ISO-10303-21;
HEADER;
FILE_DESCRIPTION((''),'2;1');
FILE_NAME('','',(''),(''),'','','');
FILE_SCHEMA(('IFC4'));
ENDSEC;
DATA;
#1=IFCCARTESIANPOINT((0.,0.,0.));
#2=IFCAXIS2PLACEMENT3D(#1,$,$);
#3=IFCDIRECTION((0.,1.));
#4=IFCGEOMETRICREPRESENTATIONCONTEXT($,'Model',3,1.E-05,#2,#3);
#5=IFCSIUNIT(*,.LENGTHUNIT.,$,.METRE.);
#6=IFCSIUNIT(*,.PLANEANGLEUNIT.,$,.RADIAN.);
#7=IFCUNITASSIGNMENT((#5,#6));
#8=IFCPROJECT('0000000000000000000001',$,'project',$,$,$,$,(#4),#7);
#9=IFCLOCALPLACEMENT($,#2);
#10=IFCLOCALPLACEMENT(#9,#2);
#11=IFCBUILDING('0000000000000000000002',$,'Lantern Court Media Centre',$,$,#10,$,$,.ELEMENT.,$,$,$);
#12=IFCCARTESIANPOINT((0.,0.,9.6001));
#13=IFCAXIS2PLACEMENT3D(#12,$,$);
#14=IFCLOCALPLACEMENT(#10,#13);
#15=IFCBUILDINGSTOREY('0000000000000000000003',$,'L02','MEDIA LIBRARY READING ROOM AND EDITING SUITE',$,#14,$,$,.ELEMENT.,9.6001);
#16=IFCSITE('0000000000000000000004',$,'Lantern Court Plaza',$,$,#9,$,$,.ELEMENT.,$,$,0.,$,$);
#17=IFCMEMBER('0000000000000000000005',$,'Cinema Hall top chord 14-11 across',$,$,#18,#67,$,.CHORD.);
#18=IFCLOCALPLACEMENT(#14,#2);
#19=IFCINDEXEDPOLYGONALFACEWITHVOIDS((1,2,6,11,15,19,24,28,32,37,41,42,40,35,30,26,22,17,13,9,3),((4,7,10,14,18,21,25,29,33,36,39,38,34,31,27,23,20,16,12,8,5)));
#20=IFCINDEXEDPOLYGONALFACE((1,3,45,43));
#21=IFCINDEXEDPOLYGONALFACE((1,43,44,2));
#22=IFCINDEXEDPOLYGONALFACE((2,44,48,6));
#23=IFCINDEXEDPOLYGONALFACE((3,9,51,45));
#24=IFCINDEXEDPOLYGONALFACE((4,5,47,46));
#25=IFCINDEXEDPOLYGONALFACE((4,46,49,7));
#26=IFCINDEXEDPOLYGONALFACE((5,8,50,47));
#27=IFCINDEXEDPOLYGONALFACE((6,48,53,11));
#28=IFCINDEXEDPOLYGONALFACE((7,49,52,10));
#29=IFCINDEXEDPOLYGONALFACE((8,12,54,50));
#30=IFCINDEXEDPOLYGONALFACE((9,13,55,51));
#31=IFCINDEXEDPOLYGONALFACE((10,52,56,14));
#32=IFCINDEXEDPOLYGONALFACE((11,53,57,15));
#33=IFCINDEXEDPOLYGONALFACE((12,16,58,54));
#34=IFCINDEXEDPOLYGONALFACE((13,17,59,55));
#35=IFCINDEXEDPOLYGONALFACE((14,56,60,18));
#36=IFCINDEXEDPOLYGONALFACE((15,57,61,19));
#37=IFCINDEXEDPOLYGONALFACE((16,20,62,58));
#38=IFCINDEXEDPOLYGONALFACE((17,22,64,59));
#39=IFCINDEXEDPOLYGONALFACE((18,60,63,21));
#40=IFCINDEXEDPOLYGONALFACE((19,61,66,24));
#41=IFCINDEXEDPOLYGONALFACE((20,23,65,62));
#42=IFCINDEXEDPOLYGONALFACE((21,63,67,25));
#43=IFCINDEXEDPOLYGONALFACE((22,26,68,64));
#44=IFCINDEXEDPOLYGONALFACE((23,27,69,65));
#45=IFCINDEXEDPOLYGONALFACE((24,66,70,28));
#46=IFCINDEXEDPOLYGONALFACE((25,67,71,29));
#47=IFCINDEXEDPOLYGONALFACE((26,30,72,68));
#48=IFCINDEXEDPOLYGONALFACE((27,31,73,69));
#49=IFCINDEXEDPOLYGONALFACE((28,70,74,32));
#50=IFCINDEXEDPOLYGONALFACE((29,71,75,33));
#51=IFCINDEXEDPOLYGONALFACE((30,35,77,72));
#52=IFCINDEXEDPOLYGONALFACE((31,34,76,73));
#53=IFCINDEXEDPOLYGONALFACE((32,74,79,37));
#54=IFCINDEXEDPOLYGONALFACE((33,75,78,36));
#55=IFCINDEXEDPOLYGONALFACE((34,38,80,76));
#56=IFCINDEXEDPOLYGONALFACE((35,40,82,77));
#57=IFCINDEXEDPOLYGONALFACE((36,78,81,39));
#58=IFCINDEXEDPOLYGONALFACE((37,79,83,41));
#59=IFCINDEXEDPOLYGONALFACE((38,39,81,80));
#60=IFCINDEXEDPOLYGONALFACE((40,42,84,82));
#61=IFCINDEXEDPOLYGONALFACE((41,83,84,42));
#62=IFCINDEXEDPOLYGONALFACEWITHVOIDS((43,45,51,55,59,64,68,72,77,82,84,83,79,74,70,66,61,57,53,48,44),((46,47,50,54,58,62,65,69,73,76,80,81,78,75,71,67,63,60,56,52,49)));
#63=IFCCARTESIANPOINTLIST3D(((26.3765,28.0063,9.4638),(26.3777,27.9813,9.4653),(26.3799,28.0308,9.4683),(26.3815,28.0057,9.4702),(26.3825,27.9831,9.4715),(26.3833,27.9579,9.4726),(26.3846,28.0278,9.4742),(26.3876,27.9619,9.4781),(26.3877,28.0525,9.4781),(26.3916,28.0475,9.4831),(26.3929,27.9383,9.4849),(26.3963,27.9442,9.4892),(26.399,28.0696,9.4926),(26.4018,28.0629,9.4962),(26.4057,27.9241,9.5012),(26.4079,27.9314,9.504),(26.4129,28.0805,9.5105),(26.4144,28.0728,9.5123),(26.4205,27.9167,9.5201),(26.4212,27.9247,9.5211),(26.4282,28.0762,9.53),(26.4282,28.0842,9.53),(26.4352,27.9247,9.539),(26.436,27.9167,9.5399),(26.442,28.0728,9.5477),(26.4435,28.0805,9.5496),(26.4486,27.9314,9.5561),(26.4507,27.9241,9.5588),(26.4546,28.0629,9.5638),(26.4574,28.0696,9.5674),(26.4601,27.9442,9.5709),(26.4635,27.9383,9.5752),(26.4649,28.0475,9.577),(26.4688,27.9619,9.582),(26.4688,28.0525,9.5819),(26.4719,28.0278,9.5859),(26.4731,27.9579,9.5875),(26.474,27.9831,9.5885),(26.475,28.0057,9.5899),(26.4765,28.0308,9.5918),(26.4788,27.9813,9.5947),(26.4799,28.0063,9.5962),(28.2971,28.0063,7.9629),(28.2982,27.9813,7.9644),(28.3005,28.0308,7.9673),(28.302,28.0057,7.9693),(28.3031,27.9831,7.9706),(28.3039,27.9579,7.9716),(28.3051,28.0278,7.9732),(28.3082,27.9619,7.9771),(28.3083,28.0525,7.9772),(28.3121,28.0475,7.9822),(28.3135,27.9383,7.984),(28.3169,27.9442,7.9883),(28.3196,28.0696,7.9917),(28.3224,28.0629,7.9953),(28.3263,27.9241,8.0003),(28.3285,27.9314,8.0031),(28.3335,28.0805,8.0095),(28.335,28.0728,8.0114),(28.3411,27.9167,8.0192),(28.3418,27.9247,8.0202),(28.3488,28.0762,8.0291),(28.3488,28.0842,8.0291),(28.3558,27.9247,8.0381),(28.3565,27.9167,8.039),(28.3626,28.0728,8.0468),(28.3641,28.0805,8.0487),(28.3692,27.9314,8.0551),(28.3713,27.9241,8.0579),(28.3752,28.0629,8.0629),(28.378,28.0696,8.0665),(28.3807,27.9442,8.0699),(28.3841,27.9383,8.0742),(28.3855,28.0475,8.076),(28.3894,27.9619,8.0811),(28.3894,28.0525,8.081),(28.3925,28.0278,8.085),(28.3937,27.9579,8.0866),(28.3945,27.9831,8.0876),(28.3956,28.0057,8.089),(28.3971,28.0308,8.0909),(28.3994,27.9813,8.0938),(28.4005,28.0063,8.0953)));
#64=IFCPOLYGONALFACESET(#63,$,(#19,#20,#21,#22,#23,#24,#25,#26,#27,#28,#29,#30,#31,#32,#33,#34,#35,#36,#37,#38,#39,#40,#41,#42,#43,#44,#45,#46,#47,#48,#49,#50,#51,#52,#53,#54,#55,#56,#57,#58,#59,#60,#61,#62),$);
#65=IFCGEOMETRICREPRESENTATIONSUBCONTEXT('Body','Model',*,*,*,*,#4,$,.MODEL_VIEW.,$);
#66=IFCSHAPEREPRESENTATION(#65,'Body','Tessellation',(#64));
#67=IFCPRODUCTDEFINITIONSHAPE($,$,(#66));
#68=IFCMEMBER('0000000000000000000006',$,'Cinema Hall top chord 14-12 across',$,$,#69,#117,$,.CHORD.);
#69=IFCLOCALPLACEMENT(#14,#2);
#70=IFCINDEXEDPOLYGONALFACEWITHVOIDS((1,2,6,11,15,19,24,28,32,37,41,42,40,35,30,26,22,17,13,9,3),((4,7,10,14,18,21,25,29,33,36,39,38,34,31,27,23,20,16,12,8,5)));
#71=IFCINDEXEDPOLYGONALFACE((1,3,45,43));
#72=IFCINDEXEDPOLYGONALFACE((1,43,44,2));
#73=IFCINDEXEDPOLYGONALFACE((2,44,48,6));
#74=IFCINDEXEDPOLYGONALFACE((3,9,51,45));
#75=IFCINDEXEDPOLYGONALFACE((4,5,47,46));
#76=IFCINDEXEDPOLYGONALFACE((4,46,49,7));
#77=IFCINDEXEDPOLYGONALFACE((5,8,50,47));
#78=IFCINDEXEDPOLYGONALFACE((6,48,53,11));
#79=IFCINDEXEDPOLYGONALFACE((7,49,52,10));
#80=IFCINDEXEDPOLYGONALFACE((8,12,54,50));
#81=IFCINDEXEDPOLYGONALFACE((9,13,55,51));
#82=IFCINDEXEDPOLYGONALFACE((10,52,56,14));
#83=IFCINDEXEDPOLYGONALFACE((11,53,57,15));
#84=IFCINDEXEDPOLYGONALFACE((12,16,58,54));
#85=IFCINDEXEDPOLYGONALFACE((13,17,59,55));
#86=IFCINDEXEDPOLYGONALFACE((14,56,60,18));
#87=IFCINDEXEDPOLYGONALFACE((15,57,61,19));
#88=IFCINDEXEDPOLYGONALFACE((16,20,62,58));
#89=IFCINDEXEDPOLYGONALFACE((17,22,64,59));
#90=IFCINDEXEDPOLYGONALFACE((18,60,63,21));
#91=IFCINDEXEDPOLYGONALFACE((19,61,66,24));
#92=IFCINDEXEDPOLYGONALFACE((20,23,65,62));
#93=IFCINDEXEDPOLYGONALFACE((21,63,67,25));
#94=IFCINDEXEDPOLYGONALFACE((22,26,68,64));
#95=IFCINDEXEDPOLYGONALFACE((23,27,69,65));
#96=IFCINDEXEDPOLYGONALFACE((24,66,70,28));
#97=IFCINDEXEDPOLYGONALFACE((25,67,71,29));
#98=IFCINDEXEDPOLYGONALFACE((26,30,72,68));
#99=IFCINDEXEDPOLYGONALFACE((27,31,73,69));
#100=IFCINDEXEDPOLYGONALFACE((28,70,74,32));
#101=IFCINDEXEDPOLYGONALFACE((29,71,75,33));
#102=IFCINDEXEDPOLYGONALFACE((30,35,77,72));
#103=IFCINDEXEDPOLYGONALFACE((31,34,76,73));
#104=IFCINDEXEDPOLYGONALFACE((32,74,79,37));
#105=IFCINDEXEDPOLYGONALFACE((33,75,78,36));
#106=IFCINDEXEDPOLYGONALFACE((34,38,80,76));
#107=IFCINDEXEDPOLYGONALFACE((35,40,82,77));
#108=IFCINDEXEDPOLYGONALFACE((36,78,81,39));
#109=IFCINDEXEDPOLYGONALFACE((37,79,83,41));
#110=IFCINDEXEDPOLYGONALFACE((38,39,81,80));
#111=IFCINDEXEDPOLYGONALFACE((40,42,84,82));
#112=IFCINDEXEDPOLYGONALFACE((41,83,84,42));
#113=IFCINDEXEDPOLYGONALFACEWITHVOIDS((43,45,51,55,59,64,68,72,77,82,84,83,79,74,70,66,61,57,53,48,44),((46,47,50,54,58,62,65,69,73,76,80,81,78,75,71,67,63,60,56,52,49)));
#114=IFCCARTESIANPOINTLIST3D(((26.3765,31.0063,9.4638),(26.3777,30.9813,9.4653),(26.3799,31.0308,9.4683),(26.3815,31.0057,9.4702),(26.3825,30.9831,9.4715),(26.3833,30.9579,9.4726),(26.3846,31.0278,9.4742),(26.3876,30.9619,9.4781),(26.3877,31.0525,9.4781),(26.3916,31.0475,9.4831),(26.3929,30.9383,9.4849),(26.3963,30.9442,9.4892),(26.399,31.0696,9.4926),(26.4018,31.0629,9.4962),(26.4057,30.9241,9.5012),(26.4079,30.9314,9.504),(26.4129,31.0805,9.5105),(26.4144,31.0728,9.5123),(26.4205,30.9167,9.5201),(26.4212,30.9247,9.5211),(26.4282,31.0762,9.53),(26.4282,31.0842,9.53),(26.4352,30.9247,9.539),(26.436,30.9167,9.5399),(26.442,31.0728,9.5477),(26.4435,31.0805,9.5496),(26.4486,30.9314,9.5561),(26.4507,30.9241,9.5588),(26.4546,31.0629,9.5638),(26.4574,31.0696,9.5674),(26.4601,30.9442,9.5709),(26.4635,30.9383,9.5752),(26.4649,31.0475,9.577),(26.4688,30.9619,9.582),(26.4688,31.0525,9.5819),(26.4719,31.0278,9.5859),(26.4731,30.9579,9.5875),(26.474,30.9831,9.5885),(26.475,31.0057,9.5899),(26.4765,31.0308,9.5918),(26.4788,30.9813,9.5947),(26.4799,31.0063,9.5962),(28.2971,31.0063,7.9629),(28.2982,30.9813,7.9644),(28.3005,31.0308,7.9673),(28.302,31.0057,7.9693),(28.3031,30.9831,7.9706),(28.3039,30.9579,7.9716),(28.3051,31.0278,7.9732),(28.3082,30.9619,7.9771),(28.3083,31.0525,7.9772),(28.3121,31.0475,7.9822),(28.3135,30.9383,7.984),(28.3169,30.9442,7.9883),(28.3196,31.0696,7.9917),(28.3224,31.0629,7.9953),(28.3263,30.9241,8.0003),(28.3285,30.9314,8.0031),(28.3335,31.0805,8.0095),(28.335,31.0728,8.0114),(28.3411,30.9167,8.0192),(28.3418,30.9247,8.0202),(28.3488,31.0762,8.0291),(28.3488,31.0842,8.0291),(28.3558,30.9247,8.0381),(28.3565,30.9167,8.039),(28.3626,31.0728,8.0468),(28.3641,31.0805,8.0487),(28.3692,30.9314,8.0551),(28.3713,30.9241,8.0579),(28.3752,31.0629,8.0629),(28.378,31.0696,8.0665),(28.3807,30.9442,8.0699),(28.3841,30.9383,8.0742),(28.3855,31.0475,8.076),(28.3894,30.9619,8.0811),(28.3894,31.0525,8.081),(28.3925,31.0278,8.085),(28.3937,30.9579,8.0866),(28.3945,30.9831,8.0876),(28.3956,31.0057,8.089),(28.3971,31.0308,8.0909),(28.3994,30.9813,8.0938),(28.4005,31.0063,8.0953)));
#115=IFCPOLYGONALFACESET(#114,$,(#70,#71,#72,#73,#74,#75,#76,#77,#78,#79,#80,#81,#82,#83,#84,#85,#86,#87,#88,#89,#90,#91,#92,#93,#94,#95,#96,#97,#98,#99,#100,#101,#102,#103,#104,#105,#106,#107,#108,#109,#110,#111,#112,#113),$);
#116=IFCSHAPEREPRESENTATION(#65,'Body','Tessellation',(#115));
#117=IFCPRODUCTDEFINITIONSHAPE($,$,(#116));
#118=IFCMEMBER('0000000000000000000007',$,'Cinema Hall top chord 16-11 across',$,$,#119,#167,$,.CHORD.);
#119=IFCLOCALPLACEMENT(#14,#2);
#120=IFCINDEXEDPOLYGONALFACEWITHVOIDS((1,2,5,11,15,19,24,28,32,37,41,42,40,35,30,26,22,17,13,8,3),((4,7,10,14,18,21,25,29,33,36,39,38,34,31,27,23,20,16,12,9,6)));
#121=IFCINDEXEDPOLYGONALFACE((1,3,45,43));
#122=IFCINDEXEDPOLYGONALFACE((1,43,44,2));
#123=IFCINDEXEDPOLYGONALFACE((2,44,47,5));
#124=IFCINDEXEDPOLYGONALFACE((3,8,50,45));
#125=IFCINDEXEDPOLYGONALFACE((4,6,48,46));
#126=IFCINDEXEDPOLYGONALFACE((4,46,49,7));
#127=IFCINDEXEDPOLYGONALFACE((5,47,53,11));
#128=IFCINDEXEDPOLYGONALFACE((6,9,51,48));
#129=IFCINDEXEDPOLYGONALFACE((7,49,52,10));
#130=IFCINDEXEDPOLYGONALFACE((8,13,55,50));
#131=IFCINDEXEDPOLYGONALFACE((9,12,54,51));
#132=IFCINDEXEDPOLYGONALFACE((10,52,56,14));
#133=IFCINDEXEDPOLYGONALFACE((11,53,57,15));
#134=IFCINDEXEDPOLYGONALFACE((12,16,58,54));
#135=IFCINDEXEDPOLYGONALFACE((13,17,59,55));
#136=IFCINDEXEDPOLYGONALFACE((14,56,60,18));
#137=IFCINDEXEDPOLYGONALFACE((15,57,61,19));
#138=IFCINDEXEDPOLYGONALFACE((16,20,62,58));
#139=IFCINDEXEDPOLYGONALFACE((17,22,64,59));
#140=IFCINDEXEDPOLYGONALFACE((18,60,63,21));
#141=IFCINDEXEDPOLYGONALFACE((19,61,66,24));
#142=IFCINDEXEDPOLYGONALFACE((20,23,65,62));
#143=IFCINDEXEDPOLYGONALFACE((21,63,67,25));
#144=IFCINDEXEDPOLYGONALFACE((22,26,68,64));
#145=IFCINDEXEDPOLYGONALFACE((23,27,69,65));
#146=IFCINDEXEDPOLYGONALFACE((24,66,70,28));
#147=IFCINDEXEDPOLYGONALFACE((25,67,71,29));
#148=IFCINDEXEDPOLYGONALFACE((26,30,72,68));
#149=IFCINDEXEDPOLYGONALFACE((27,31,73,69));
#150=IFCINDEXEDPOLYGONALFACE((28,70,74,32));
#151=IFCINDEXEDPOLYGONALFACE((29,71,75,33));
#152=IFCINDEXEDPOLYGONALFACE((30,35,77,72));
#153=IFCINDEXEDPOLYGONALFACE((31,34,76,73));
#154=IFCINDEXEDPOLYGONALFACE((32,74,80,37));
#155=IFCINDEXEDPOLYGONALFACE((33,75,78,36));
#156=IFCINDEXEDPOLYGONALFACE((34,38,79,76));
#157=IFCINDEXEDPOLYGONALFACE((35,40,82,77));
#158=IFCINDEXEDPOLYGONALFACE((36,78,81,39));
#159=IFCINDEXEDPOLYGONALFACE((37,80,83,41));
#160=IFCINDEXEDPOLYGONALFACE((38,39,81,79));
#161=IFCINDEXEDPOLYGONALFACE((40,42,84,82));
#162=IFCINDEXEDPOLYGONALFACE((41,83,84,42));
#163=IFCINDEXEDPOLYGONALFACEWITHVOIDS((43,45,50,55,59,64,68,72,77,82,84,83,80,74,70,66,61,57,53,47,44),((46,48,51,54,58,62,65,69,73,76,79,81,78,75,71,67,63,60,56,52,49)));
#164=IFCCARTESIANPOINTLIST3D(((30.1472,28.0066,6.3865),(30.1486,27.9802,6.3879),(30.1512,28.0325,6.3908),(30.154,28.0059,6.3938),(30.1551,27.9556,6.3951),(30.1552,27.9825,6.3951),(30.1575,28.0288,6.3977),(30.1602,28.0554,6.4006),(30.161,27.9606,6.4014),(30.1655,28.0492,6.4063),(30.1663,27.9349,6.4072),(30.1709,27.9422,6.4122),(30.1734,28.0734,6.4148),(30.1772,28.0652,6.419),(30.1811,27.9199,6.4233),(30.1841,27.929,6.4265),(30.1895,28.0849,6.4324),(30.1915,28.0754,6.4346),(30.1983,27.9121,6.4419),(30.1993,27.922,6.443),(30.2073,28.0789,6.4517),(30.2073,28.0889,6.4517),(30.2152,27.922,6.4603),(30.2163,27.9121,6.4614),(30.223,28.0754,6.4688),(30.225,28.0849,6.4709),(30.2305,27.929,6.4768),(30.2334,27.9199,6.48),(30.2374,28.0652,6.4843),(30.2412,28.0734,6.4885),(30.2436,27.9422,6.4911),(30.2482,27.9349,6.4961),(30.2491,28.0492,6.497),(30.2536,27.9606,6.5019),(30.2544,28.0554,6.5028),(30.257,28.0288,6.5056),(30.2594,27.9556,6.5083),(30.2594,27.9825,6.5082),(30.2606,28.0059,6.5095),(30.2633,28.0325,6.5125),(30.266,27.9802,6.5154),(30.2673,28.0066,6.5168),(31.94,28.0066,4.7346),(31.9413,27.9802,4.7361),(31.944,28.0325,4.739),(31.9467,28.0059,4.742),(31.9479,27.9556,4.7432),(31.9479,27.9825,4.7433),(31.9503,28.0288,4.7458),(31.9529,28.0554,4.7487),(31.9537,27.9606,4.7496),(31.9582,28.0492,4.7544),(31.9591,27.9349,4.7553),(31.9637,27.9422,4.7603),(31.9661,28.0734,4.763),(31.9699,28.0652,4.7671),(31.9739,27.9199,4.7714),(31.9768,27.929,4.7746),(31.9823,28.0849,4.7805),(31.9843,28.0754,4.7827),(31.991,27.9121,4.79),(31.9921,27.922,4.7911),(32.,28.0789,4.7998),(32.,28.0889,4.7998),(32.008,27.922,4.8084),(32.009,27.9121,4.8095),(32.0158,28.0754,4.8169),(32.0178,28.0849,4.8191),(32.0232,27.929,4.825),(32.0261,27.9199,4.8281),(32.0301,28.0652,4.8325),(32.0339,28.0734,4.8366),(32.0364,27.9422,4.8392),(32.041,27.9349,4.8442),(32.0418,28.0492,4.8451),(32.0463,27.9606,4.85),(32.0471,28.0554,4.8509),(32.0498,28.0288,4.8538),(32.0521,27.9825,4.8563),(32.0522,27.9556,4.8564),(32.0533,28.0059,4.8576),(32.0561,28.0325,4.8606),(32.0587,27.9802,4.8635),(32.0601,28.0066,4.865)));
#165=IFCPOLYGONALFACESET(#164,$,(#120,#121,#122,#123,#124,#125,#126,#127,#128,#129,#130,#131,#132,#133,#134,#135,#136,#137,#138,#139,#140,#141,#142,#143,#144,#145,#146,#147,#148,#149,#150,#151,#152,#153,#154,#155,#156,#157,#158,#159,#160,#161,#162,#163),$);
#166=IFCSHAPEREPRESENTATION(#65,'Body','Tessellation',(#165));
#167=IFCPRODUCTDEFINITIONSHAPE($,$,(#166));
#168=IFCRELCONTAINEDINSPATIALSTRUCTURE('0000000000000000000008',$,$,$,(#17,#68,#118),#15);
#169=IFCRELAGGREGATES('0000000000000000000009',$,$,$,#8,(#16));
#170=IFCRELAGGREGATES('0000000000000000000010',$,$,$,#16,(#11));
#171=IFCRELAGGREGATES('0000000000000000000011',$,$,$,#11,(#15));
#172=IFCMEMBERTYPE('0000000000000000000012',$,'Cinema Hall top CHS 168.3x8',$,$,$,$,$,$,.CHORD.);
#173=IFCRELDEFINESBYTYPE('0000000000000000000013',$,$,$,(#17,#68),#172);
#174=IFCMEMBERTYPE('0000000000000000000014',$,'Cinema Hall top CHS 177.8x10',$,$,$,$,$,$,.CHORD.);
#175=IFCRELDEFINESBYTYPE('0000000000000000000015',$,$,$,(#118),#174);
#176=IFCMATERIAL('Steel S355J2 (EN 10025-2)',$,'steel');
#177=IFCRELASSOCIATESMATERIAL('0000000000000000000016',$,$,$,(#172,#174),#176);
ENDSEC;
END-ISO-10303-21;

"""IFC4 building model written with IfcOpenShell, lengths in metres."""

from ifc_helpers import new_model, si_unit, direction, frame, origin, origin_2d, place, context, subcontext, project, spatial, hollow_circle, extrude, material, material_profile, profile_set, type_object, element, save


model = new_model("IFC4")

# Units and contexts
model_context = context("Model", 3, precision=1e-05, world=origin(), true_north=direction((0.0, 1.0)))
body_context = subcontext(model_context, "Body", "Model", "MODEL_VIEW")
ifc_project = project(units=[si_unit("LENGTHUNIT", "METRE"), si_unit("PLANEANGLEUNIT", "RADIAN")], contexts=[model_context])

# Site, building, storey
site_placement = place(None, origin())
site = spatial("IfcSite", under=ifc_project, at=site_placement, Name="Lantern Court Plaza", CompositionType="ELEMENT", RefElevation=0.0)
building_placement = place(site_placement, origin())
building = spatial("IfcBuilding", under=site, at=building_placement, Name="Lantern Court Media Centre", CompositionType="ELEMENT")
storey_placement = place(building_placement, frame((0.0, 0.0, 9.6001)))
storey = spatial("IfcBuildingStorey", under=building, at=storey_placement, Name="L02", Description="MEDIA LIBRARY READING ROOM AND EDITING SUITE", CompositionType="ELEMENT", Elevation=9.6001)

# Members
ifc_material = material(Name="Steel S355J2 (EN 10025-2)", Category="steel")
ifc_material_profile_1 = material_profile(ifc_material, hollow_circle(Radius=0.0842, WallThickness=0.0081, at=origin_2d()), Name="Cinema Hall top CHS 168.3x8")
ifc_profile_set_1 = profile_set([ifc_material_profile_1], Name="Steel S355J2 (EN 10025-2)")
member_type_1 = type_object("IfcMemberType", Name="Cinema Hall top CHS 168.3x8", PredefinedType="CHORD", material=ifc_profile_set_1)
for number, where, z_axis, x_axis, name in (
    (1, (26.4282, 28.0, 9.53), (0.787932, 0.0, -0.615763), (0.0, 1.0, 0.0), "Cinema Hall top chord 14-11 across"),
    (2, (26.4282, 31.0, 9.53), (0.787932, 0.0, -0.615763), (0.0, 1.0, 0.0), "Cinema Hall top chord 14-12 across"),
):
    element("IfcMember", number, at=place(storey_placement, frame(where, z_axis=z_axis, x_axis=x_axis)), inside=storey, type_object=member_type_1, Name=name, PredefinedType="CHORD", context=body_context, shape_type="SweptSolid", body=[
        extrude(hollow_circle(Radius=0.0842, WallThickness=0.0081, at=origin_2d()), origin(), (0.0, 0.0, 1.0), 2.4375),
    ])
ifc_material_profile_2 = material_profile(ifc_material, hollow_circle(Radius=0.0889, WallThickness=0.01, at=origin_2d()), Name="Cinema Hall top CHS 177.8x10")
ifc_profile_set_2 = profile_set([ifc_material_profile_2], Name="Steel S355J2 (EN 10025-2)")
member_type_2 = type_object("IfcMemberType", Name="Cinema Hall top CHS 177.8x10", PredefinedType="CHORD", material=ifc_profile_set_2)
for number, where, z_axis, x_axis, name in (
    (3, (30.2073, 28.0, 6.4517), (0.73541, 0.0, -0.677623), (0.0, 1.0, 0.0), "Cinema Hall top chord 16-11 across"),
):
    element("IfcMember", number, at=place(storey_placement, frame(where, z_axis=z_axis, x_axis=x_axis)), inside=storey, type_object=member_type_2, Name=name, PredefinedType="CHORD", context=body_context, shape_type="SweptSolid", body=[
        extrude(hollow_circle(Radius=0.0889, WallThickness=0.01, at=origin_2d()), origin(), (0.0, 0.0, 1.0), 2.4377),
    ])

save(model, "model.ifc")
